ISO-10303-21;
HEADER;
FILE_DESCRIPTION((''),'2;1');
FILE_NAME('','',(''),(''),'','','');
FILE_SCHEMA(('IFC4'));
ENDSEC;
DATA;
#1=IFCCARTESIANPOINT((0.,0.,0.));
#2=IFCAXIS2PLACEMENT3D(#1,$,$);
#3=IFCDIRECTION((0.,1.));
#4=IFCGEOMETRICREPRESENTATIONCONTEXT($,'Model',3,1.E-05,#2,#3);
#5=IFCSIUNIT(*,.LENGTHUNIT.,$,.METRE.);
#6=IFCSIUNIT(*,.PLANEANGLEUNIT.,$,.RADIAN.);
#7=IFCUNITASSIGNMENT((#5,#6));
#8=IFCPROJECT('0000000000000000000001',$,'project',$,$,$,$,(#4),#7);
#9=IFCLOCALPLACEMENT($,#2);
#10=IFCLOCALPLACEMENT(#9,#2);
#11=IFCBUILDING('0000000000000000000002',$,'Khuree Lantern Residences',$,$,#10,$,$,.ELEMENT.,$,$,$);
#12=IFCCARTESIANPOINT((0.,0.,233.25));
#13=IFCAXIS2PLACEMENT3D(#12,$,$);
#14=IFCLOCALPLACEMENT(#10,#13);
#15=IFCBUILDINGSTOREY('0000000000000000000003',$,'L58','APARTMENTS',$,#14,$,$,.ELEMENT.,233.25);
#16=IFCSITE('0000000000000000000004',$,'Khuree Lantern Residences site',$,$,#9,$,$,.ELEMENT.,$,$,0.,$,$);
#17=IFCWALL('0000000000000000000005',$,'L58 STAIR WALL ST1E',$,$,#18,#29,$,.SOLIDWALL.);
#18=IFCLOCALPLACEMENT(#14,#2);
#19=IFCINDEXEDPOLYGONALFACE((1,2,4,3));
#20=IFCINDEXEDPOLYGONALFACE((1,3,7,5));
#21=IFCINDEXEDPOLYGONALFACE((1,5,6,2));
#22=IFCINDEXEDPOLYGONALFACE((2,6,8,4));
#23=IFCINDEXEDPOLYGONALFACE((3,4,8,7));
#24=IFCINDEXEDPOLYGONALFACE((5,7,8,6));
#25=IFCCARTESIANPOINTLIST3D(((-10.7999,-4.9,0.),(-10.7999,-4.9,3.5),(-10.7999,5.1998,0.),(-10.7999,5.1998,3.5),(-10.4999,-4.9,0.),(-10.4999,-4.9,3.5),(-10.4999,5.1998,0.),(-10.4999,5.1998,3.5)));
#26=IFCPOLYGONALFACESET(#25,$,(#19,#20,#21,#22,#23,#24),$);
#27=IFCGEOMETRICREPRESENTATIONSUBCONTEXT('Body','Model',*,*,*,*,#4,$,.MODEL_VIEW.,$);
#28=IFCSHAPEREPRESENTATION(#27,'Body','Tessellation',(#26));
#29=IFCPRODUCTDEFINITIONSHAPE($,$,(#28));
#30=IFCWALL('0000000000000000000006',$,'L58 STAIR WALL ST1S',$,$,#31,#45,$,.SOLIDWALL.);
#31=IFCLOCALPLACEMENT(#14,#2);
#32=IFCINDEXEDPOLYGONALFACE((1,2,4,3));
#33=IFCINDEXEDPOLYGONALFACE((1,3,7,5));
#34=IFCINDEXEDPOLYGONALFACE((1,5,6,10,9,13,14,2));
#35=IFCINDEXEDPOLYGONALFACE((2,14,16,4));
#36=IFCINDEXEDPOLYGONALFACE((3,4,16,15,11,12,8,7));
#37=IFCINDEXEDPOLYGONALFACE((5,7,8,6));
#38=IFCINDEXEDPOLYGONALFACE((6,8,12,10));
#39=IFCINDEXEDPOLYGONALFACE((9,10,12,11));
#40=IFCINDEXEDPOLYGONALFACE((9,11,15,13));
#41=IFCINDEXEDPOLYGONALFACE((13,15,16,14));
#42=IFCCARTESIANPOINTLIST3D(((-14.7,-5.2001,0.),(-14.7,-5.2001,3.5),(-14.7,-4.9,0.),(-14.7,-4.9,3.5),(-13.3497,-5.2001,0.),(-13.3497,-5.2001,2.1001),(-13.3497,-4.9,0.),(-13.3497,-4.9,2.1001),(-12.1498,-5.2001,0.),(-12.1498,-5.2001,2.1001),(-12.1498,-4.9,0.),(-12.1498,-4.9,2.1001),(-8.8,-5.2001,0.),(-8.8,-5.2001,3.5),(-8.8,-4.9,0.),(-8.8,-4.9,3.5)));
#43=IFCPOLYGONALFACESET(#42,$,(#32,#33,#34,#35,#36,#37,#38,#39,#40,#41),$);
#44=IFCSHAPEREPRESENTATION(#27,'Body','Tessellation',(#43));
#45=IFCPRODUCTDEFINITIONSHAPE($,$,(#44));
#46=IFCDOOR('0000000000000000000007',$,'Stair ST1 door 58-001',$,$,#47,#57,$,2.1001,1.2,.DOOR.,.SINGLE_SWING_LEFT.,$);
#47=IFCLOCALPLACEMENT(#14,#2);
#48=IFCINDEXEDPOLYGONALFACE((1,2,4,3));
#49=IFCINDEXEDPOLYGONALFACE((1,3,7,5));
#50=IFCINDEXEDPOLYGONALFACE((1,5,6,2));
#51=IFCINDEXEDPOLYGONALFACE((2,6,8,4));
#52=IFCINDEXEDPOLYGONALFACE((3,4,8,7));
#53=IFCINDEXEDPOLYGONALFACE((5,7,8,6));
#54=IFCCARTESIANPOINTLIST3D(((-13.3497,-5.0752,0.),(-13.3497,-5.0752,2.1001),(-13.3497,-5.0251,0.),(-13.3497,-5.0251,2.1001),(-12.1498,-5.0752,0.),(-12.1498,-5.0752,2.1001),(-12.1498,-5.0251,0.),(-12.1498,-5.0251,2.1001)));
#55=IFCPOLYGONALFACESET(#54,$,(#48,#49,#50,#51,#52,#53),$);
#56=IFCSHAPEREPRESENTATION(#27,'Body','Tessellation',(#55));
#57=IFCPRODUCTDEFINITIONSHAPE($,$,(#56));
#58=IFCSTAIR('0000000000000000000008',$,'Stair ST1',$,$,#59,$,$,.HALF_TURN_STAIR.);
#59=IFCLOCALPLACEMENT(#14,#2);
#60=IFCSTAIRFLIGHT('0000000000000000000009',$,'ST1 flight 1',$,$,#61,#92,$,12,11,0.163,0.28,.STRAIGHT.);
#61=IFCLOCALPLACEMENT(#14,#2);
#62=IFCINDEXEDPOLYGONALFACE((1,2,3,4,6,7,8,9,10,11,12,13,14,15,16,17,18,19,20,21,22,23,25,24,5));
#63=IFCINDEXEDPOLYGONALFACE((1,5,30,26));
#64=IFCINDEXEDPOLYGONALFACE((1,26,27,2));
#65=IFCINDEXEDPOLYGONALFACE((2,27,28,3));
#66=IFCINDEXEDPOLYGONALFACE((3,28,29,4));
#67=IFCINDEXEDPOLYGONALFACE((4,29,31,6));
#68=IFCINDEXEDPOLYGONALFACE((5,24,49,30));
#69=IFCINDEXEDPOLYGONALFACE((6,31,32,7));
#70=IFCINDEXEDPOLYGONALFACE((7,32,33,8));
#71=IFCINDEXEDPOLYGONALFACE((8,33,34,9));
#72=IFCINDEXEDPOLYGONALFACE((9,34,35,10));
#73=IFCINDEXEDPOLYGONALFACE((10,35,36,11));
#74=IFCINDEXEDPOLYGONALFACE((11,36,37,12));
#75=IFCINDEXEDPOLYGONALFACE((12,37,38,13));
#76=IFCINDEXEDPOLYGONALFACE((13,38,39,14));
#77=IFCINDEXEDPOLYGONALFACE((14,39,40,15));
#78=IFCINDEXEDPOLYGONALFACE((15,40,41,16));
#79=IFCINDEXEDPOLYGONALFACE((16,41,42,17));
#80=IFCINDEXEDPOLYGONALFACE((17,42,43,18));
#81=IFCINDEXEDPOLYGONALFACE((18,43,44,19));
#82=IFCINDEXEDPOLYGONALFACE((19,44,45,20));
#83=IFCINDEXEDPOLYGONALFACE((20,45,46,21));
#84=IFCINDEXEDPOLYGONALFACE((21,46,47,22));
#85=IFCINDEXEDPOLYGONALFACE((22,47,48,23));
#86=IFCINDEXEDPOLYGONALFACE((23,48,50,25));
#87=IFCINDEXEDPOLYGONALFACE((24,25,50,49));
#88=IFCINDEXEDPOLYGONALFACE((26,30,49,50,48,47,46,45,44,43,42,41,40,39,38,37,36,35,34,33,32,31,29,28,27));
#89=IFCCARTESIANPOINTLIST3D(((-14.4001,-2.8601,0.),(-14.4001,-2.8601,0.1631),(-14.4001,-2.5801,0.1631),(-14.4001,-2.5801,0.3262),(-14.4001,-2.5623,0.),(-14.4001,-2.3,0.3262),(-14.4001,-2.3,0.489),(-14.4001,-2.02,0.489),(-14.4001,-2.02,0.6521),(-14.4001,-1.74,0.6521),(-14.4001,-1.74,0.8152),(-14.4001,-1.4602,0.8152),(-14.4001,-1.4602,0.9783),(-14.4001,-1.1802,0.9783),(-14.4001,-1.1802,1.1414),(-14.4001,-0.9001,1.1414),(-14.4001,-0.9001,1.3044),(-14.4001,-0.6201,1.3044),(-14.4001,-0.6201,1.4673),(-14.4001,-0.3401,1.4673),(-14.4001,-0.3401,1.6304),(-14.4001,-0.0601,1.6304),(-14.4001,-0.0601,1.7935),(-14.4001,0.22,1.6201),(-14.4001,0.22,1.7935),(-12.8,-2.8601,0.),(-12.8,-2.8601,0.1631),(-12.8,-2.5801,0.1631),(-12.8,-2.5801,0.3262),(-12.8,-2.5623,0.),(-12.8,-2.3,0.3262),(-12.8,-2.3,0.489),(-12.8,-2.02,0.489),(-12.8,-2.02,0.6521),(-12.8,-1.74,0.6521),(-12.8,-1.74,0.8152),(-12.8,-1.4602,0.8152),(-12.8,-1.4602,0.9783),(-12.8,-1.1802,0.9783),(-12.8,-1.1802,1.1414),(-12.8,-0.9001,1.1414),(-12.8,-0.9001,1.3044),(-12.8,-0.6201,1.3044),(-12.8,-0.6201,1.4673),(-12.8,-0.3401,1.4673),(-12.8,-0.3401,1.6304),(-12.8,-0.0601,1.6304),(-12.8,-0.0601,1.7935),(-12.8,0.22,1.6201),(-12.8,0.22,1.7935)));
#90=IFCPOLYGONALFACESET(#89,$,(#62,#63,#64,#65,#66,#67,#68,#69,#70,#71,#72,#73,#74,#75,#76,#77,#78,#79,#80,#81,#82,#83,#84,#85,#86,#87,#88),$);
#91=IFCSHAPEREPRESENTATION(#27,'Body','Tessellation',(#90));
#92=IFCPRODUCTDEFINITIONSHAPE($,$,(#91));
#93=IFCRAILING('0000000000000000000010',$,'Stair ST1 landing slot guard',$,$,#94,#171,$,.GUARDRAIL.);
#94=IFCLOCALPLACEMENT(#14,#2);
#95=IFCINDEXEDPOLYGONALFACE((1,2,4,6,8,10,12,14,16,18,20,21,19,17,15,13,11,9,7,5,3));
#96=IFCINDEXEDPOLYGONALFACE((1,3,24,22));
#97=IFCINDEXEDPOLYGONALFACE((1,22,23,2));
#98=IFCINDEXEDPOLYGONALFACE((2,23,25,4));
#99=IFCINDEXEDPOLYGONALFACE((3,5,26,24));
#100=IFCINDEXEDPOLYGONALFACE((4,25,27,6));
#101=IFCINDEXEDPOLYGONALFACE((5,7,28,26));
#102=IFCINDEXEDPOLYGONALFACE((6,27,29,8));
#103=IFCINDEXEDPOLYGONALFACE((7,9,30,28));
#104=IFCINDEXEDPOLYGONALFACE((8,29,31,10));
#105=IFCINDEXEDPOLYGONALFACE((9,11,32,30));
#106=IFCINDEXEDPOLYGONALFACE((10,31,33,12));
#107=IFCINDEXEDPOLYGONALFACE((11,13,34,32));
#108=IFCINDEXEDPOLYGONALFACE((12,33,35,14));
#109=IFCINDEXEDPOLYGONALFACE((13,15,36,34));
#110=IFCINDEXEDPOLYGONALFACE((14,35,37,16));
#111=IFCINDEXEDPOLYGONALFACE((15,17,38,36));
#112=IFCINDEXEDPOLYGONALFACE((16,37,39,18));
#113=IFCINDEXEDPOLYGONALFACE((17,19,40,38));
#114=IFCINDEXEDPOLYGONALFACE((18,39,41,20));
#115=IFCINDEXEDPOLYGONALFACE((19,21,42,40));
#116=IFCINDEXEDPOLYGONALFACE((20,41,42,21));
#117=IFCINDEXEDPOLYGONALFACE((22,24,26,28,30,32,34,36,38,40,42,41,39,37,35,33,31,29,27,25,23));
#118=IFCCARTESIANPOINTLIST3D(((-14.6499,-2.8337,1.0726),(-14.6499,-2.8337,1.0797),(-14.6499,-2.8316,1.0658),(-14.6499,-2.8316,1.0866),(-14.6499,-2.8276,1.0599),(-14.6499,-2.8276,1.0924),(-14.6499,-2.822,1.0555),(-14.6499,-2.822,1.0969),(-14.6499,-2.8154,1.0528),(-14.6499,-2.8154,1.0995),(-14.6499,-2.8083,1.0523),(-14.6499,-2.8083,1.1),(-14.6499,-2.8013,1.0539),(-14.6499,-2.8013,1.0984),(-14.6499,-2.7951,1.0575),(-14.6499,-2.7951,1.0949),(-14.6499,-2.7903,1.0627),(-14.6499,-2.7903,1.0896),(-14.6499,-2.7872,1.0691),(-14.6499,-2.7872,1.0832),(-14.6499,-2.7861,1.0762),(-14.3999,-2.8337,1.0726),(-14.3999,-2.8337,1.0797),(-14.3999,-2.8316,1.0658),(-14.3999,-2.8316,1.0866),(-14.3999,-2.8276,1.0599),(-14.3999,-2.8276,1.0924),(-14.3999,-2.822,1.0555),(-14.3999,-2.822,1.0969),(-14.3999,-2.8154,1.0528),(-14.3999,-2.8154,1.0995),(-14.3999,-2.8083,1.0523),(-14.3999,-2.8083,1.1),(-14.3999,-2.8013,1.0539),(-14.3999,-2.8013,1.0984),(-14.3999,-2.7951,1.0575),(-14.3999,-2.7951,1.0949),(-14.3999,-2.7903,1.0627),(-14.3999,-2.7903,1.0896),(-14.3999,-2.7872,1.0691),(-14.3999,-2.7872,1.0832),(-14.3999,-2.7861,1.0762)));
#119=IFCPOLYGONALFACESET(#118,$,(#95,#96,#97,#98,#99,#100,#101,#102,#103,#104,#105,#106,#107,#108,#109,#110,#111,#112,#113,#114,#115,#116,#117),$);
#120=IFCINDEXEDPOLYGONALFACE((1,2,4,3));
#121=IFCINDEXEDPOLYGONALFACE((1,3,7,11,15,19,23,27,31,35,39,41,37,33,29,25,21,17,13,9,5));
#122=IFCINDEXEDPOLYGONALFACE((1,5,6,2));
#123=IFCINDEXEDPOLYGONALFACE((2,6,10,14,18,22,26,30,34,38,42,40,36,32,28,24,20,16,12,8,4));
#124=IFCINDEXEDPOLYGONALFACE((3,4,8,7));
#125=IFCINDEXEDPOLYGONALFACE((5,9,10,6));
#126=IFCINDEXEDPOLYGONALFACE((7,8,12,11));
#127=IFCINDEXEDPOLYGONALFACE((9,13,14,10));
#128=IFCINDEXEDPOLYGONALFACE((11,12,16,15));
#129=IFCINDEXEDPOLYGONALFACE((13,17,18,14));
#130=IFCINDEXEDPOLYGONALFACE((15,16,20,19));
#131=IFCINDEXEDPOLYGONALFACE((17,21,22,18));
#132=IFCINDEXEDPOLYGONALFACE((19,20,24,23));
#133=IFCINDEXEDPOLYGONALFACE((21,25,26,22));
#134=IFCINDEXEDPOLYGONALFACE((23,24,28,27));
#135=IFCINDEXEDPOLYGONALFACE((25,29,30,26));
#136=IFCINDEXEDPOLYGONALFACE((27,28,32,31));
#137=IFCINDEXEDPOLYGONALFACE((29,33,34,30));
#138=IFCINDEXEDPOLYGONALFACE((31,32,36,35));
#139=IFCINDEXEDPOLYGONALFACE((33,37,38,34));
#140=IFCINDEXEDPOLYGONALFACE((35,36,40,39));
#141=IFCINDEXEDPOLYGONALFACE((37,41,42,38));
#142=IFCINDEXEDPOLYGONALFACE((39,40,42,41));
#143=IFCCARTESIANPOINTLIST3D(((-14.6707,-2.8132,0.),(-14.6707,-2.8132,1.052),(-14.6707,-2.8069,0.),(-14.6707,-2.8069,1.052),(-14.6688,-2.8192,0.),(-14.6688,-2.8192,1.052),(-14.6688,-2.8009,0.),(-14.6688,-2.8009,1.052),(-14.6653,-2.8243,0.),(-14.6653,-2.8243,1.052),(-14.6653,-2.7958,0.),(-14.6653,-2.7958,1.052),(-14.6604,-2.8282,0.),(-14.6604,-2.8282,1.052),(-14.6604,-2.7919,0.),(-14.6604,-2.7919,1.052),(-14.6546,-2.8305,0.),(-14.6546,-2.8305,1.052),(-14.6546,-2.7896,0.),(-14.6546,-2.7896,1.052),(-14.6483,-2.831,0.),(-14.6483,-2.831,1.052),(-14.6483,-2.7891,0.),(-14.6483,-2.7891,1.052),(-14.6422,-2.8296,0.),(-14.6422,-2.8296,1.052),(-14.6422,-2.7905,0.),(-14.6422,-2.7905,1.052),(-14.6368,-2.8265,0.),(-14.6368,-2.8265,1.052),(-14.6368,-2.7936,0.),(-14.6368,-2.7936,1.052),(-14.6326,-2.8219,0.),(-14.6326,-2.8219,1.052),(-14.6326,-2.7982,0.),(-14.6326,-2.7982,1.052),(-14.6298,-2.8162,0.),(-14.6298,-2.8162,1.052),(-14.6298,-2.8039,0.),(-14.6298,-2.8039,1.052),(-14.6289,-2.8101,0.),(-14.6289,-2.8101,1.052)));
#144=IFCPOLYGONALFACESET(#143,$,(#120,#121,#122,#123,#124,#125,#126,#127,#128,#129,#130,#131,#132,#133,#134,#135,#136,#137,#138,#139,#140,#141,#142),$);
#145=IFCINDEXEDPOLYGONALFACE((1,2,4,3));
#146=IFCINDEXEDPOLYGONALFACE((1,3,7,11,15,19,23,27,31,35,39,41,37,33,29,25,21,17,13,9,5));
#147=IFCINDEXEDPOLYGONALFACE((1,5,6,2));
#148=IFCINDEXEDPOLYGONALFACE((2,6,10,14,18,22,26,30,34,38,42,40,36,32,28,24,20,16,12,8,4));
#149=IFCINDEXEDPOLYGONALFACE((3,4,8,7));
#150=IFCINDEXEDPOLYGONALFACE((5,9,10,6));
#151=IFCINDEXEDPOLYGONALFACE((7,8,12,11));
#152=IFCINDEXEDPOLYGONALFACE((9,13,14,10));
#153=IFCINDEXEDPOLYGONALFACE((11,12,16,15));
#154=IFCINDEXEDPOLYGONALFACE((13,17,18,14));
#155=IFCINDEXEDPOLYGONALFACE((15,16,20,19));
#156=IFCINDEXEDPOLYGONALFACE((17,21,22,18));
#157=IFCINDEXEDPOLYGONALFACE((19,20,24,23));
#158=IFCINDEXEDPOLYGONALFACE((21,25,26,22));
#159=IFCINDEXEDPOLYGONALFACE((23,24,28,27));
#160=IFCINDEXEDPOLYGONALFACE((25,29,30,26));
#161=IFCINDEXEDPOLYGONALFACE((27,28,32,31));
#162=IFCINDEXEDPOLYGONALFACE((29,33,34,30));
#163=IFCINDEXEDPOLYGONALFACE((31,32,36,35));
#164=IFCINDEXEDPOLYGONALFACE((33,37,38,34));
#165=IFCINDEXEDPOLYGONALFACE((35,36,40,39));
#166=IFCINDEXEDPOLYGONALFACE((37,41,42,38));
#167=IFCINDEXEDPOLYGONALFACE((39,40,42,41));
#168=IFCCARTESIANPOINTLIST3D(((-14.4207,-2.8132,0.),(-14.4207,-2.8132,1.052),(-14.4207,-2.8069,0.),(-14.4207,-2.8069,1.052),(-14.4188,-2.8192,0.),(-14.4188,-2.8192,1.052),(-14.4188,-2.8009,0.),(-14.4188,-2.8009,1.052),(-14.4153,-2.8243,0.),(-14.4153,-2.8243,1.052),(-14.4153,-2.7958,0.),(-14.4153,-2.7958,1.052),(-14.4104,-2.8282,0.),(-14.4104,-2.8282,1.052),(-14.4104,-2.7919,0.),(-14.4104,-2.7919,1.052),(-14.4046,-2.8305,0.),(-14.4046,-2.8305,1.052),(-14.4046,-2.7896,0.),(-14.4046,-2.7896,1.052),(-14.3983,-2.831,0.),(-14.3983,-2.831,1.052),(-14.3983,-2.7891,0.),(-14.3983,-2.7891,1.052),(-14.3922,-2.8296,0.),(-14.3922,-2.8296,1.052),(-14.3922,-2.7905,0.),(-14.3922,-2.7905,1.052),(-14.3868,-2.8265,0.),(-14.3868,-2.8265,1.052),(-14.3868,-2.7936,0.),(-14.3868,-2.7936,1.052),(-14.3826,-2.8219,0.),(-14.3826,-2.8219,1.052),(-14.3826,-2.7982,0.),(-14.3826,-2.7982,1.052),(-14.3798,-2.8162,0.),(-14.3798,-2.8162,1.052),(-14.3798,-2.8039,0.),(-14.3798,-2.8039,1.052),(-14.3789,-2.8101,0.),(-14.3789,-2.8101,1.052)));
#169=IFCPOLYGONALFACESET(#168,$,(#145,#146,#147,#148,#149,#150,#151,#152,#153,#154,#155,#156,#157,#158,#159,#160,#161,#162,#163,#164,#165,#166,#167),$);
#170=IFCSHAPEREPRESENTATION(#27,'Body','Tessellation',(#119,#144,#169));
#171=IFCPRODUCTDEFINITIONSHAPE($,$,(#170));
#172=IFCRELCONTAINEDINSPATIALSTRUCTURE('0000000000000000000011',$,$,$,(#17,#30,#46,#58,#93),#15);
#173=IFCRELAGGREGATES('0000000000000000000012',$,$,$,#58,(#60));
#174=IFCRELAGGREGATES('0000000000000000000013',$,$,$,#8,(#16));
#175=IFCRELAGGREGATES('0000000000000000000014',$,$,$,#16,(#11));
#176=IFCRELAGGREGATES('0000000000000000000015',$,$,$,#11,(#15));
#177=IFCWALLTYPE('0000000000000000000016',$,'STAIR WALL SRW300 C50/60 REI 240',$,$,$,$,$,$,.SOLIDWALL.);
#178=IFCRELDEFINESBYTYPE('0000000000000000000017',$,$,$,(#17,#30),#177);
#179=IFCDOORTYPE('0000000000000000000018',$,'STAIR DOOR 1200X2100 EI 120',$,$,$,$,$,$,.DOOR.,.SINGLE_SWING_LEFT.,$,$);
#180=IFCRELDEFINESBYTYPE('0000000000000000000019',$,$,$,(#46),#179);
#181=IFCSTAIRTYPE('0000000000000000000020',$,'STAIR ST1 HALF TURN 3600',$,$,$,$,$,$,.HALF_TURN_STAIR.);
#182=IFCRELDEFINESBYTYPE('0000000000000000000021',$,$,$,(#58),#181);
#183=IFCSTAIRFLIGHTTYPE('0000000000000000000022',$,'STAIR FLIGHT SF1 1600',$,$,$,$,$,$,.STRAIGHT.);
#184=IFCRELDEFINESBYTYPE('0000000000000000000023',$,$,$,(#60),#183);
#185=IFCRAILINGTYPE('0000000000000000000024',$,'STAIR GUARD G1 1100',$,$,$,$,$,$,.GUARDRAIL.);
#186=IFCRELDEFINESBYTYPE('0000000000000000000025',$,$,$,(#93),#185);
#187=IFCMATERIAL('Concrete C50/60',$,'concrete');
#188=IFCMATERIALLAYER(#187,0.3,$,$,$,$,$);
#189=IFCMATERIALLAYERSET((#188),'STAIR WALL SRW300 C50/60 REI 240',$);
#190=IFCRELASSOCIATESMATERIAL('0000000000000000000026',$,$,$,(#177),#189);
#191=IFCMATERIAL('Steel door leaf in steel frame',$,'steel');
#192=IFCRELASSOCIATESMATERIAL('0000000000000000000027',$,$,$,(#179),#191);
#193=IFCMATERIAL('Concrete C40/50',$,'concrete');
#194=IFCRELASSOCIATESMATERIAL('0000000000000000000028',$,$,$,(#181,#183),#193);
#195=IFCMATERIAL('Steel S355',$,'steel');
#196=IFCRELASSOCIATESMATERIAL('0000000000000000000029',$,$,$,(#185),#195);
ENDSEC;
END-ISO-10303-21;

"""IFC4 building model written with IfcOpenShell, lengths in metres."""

from ifc_helpers import new_model, si_unit, direction, frame, frame_2d, origin, origin_2d, place, context, subcontext, project, spatial, polyline, rectangle, circle, outline, extrude, material, layer, layer_set, type_object, element, fill, aggregate, save


model = new_model("IFC4")

# Units and contexts
model_context = context("Model", 3, precision=1e-05, world=origin(), true_north=direction((0.0, 1.0)))
body_context = subcontext(model_context, "Body", "Model", "MODEL_VIEW")
ifc_project = project(units=[si_unit("LENGTHUNIT", "METRE"), si_unit("PLANEANGLEUNIT", "RADIAN")], contexts=[model_context])

# Site, building, storey
site_placement = place(None, origin())
site = spatial("IfcSite", under=ifc_project, at=site_placement, Name="Khuree Lantern Residences site", CompositionType="ELEMENT", RefElevation=0.0)
building_placement = place(site_placement, origin())
building = spatial("IfcBuilding", under=site, at=building_placement, Name="Khuree Lantern Residences", CompositionType="ELEMENT")
storey_placement = place(building_placement, frame((0.0, 0.0, 233.25)))
storey = spatial("IfcBuildingStorey", under=building, at=storey_placement, Name="L58", Description="APARTMENTS", CompositionType="ELEMENT", Elevation=233.25)

# Shared definitions
ifc_material_1 = material(Name="Steel door leaf in steel frame", Category="steel")

# Wall
ifc_material_2 = material(Name="Concrete C50/60", Category="concrete")
ifc_layer_1 = layer(ifc_material_2, 0.3)
ifc_layer_set_1 = layer_set([ifc_layer_1], Name="STAIR WALL SRW300 C50/60 REI 240")
wall_type_1 = type_object("IfcWallType", Name="STAIR WALL SRW300 C50/60 REI 240", PredefinedType="SOLIDWALL", material=ifc_layer_set_1)
wall_1_placement = place(storey_placement, frame((-10.6499, -4.8999, 0.0), z_axis=(0.0, 0.0, 1.0), x_axis=(0.0, 1.0, 0.0)))
element("IfcWall", 1, at=wall_1_placement, inside=storey, type_object=wall_type_1, Name="L58 STAIR WALL ST1E", PredefinedType="SOLIDWALL", context=body_context, shape_type="SweptSolid", body=[
    extrude(rectangle(XDim=10.0999, YDim=0.3, at=frame_2d((5.0498, 0.0))), origin(), (0.0, 0.0, 1.0), 3.5),
])

# Wall, opening, door
wall_2_placement = place(storey_placement, frame((-14.7, -5.05, 0.0), z_axis=(0.0, 0.0, 1.0), x_axis=(1.0, 0.0, 0.0)))
wall_2 = element("IfcWall", 2, at=wall_2_placement, inside=storey, type_object=wall_type_1, Name="L58 STAIR WALL ST1S", PredefinedType="SOLIDWALL", context=body_context, shape_type="SweptSolid", body=[
    extrude(rectangle(XDim=5.8999, YDim=0.3, at=frame_2d((2.95, 0.0))), origin(), (0.0, 0.0, 1.0), 3.5),
])
opening_1_placement = place(wall_2_placement, frame((1.3501, 0.0, 0.0)))
opening_1 = element("IfcOpeningElement", 3, at=opening_1_placement, cuts=wall_2, PredefinedType="OPENING", context=body_context, shape_type="SweptSolid", body=[
    extrude(rectangle(XDim=1.2, YDim=2.1001, at=frame_2d((0.6001, 1.05))), frame((0.0, 0.1602, 0.0), z_axis=(0.0, -1.0, 0.0), x_axis=(1.0, 0.0, 0.0)), (0.0, 0.0, 1.0), 0.3201),
])
door_type_1 = type_object("IfcDoorType", Name="STAIR DOOR 1200X2100 EI 120", OperationType="SINGLE_SWING_LEFT", PredefinedType="DOOR", material=ifc_material_1)
door_1_placement = place(opening_1_placement, origin())
door_1 = element("IfcDoor", 4, at=door_1_placement, inside=storey, type_object=door_type_1, Name="Stair ST1 door 58-001", OperationType="SINGLE_SWING_LEFT", OverallHeight=2.1001, OverallWidth=1.2, PredefinedType="DOOR", context=body_context, shape_type="SweptSolid", body=[
    extrude(rectangle(XDim=1.2, YDim=2.1001, at=frame_2d((0.6001, 1.05))), frame((0.0, 0.0249, 0.0), z_axis=(0.0, -1.0, 0.0), x_axis=(1.0, 0.0, 0.0)), (0.0, 0.0, 1.0), 0.05),
])
fill(opening_1, door_1)

# Stair, stair flight
ifc_material_3 = material(Name="Concrete C40/50", Category="concrete")
stair_type = type_object("IfcStairType", Name="STAIR ST1 HALF TURN 3600", PredefinedType="HALF_TURN_STAIR", material=ifc_material_3)
stair_placement = place(storey_placement, origin())
stair = element("IfcStair", 5, at=stair_placement, inside=storey, type_object=stair_type, Name="Stair ST1", PredefinedType="HALF_TURN_STAIR")
stair_flight_type = type_object("IfcStairFlightType", Name="STAIR FLIGHT SF1 1600", PredefinedType="STRAIGHT", material=ifc_material_3)
stair_flight_placement = place(storey_placement, frame((-13.6001, -2.8601, 0.0), z_axis=(0.0, 0.0, 1.0), x_axis=(0.0, 1.0, 0.0)))
stair_flight = element("IfcStairFlight", 6, at=stair_flight_placement, type_object=stair_flight_type, Name="ST1 flight 1", NumberOfRisers=12, NumberOfTreads=11, PredefinedType="STRAIGHT", RiserHeight=0.163, TreadLength=0.28, context=body_context, shape_type="SweptSolid", body=[
    extrude(outline(polyline([(0.0, 0.0), (0.0, 0.1631), (0.28, 0.1631), (0.28, 0.3262), (0.5601, 0.3262), (0.5601, 0.489), (0.8401, 0.489), (0.8401, 0.6521), (1.1201, 0.6521), (1.1201, 0.8152), (1.3999, 0.8152), (1.3999, 0.9783), (1.6799, 0.9783), (1.6799, 1.1414), (1.96, 1.1414), (1.96, 1.3044), (2.24, 1.3044), (2.24, 1.4673), (2.52, 1.4673), (2.52, 1.6304), (2.8, 1.6304), (2.8, 1.7935), (3.0801, 1.7935), (3.0801, 1.9565), (3.0801, 1.6201), (0.2979, 0.0), (0.0, 0.0)])), frame((0.0, 0.8, 0.0), z_axis=(0.0, -1.0, 0.0), x_axis=(1.0, 0.0, 0.0)), (0.0, 0.0, 1.0), 1.6001),
])
aggregate(stair, [stair_flight])

# Railing
ifc_material_4 = material(Name="Steel S355", Category="steel")
railing_type_1 = type_object("IfcRailingType", Name="STAIR GUARD G1 1100", PredefinedType="GUARDRAIL", material=ifc_material_4)
railing_1_placement = place(storey_placement, frame((-14.6499, -2.8101, 0.0)))
element("IfcRailing", 7, at=railing_1_placement, inside=storey, type_object=railing_type_1, Name="Stair ST1 landing slot guard", PredefinedType="GUARDRAIL", context=body_context, shape_type="SweptSolid", body=[
    extrude(circle(Radius=0.0239, at=origin_2d()), frame((0.0, 0.0, 1.0762), z_axis=(1.0, 0.0, 0.0), x_axis=(0.0, 1.0, 0.0)), (0.0, 0.0, 1.0), 0.25),
    extrude(circle(Radius=0.021, at=origin_2d()), origin(), (0.0, 0.0, 1.0), 1.052),
    extrude(circle(Radius=0.021, at=origin_2d()), frame((0.25, 0.0, 0.0)), (0.0, 0.0, 1.0), 1.052),
])

save(model, "model.ifc")
